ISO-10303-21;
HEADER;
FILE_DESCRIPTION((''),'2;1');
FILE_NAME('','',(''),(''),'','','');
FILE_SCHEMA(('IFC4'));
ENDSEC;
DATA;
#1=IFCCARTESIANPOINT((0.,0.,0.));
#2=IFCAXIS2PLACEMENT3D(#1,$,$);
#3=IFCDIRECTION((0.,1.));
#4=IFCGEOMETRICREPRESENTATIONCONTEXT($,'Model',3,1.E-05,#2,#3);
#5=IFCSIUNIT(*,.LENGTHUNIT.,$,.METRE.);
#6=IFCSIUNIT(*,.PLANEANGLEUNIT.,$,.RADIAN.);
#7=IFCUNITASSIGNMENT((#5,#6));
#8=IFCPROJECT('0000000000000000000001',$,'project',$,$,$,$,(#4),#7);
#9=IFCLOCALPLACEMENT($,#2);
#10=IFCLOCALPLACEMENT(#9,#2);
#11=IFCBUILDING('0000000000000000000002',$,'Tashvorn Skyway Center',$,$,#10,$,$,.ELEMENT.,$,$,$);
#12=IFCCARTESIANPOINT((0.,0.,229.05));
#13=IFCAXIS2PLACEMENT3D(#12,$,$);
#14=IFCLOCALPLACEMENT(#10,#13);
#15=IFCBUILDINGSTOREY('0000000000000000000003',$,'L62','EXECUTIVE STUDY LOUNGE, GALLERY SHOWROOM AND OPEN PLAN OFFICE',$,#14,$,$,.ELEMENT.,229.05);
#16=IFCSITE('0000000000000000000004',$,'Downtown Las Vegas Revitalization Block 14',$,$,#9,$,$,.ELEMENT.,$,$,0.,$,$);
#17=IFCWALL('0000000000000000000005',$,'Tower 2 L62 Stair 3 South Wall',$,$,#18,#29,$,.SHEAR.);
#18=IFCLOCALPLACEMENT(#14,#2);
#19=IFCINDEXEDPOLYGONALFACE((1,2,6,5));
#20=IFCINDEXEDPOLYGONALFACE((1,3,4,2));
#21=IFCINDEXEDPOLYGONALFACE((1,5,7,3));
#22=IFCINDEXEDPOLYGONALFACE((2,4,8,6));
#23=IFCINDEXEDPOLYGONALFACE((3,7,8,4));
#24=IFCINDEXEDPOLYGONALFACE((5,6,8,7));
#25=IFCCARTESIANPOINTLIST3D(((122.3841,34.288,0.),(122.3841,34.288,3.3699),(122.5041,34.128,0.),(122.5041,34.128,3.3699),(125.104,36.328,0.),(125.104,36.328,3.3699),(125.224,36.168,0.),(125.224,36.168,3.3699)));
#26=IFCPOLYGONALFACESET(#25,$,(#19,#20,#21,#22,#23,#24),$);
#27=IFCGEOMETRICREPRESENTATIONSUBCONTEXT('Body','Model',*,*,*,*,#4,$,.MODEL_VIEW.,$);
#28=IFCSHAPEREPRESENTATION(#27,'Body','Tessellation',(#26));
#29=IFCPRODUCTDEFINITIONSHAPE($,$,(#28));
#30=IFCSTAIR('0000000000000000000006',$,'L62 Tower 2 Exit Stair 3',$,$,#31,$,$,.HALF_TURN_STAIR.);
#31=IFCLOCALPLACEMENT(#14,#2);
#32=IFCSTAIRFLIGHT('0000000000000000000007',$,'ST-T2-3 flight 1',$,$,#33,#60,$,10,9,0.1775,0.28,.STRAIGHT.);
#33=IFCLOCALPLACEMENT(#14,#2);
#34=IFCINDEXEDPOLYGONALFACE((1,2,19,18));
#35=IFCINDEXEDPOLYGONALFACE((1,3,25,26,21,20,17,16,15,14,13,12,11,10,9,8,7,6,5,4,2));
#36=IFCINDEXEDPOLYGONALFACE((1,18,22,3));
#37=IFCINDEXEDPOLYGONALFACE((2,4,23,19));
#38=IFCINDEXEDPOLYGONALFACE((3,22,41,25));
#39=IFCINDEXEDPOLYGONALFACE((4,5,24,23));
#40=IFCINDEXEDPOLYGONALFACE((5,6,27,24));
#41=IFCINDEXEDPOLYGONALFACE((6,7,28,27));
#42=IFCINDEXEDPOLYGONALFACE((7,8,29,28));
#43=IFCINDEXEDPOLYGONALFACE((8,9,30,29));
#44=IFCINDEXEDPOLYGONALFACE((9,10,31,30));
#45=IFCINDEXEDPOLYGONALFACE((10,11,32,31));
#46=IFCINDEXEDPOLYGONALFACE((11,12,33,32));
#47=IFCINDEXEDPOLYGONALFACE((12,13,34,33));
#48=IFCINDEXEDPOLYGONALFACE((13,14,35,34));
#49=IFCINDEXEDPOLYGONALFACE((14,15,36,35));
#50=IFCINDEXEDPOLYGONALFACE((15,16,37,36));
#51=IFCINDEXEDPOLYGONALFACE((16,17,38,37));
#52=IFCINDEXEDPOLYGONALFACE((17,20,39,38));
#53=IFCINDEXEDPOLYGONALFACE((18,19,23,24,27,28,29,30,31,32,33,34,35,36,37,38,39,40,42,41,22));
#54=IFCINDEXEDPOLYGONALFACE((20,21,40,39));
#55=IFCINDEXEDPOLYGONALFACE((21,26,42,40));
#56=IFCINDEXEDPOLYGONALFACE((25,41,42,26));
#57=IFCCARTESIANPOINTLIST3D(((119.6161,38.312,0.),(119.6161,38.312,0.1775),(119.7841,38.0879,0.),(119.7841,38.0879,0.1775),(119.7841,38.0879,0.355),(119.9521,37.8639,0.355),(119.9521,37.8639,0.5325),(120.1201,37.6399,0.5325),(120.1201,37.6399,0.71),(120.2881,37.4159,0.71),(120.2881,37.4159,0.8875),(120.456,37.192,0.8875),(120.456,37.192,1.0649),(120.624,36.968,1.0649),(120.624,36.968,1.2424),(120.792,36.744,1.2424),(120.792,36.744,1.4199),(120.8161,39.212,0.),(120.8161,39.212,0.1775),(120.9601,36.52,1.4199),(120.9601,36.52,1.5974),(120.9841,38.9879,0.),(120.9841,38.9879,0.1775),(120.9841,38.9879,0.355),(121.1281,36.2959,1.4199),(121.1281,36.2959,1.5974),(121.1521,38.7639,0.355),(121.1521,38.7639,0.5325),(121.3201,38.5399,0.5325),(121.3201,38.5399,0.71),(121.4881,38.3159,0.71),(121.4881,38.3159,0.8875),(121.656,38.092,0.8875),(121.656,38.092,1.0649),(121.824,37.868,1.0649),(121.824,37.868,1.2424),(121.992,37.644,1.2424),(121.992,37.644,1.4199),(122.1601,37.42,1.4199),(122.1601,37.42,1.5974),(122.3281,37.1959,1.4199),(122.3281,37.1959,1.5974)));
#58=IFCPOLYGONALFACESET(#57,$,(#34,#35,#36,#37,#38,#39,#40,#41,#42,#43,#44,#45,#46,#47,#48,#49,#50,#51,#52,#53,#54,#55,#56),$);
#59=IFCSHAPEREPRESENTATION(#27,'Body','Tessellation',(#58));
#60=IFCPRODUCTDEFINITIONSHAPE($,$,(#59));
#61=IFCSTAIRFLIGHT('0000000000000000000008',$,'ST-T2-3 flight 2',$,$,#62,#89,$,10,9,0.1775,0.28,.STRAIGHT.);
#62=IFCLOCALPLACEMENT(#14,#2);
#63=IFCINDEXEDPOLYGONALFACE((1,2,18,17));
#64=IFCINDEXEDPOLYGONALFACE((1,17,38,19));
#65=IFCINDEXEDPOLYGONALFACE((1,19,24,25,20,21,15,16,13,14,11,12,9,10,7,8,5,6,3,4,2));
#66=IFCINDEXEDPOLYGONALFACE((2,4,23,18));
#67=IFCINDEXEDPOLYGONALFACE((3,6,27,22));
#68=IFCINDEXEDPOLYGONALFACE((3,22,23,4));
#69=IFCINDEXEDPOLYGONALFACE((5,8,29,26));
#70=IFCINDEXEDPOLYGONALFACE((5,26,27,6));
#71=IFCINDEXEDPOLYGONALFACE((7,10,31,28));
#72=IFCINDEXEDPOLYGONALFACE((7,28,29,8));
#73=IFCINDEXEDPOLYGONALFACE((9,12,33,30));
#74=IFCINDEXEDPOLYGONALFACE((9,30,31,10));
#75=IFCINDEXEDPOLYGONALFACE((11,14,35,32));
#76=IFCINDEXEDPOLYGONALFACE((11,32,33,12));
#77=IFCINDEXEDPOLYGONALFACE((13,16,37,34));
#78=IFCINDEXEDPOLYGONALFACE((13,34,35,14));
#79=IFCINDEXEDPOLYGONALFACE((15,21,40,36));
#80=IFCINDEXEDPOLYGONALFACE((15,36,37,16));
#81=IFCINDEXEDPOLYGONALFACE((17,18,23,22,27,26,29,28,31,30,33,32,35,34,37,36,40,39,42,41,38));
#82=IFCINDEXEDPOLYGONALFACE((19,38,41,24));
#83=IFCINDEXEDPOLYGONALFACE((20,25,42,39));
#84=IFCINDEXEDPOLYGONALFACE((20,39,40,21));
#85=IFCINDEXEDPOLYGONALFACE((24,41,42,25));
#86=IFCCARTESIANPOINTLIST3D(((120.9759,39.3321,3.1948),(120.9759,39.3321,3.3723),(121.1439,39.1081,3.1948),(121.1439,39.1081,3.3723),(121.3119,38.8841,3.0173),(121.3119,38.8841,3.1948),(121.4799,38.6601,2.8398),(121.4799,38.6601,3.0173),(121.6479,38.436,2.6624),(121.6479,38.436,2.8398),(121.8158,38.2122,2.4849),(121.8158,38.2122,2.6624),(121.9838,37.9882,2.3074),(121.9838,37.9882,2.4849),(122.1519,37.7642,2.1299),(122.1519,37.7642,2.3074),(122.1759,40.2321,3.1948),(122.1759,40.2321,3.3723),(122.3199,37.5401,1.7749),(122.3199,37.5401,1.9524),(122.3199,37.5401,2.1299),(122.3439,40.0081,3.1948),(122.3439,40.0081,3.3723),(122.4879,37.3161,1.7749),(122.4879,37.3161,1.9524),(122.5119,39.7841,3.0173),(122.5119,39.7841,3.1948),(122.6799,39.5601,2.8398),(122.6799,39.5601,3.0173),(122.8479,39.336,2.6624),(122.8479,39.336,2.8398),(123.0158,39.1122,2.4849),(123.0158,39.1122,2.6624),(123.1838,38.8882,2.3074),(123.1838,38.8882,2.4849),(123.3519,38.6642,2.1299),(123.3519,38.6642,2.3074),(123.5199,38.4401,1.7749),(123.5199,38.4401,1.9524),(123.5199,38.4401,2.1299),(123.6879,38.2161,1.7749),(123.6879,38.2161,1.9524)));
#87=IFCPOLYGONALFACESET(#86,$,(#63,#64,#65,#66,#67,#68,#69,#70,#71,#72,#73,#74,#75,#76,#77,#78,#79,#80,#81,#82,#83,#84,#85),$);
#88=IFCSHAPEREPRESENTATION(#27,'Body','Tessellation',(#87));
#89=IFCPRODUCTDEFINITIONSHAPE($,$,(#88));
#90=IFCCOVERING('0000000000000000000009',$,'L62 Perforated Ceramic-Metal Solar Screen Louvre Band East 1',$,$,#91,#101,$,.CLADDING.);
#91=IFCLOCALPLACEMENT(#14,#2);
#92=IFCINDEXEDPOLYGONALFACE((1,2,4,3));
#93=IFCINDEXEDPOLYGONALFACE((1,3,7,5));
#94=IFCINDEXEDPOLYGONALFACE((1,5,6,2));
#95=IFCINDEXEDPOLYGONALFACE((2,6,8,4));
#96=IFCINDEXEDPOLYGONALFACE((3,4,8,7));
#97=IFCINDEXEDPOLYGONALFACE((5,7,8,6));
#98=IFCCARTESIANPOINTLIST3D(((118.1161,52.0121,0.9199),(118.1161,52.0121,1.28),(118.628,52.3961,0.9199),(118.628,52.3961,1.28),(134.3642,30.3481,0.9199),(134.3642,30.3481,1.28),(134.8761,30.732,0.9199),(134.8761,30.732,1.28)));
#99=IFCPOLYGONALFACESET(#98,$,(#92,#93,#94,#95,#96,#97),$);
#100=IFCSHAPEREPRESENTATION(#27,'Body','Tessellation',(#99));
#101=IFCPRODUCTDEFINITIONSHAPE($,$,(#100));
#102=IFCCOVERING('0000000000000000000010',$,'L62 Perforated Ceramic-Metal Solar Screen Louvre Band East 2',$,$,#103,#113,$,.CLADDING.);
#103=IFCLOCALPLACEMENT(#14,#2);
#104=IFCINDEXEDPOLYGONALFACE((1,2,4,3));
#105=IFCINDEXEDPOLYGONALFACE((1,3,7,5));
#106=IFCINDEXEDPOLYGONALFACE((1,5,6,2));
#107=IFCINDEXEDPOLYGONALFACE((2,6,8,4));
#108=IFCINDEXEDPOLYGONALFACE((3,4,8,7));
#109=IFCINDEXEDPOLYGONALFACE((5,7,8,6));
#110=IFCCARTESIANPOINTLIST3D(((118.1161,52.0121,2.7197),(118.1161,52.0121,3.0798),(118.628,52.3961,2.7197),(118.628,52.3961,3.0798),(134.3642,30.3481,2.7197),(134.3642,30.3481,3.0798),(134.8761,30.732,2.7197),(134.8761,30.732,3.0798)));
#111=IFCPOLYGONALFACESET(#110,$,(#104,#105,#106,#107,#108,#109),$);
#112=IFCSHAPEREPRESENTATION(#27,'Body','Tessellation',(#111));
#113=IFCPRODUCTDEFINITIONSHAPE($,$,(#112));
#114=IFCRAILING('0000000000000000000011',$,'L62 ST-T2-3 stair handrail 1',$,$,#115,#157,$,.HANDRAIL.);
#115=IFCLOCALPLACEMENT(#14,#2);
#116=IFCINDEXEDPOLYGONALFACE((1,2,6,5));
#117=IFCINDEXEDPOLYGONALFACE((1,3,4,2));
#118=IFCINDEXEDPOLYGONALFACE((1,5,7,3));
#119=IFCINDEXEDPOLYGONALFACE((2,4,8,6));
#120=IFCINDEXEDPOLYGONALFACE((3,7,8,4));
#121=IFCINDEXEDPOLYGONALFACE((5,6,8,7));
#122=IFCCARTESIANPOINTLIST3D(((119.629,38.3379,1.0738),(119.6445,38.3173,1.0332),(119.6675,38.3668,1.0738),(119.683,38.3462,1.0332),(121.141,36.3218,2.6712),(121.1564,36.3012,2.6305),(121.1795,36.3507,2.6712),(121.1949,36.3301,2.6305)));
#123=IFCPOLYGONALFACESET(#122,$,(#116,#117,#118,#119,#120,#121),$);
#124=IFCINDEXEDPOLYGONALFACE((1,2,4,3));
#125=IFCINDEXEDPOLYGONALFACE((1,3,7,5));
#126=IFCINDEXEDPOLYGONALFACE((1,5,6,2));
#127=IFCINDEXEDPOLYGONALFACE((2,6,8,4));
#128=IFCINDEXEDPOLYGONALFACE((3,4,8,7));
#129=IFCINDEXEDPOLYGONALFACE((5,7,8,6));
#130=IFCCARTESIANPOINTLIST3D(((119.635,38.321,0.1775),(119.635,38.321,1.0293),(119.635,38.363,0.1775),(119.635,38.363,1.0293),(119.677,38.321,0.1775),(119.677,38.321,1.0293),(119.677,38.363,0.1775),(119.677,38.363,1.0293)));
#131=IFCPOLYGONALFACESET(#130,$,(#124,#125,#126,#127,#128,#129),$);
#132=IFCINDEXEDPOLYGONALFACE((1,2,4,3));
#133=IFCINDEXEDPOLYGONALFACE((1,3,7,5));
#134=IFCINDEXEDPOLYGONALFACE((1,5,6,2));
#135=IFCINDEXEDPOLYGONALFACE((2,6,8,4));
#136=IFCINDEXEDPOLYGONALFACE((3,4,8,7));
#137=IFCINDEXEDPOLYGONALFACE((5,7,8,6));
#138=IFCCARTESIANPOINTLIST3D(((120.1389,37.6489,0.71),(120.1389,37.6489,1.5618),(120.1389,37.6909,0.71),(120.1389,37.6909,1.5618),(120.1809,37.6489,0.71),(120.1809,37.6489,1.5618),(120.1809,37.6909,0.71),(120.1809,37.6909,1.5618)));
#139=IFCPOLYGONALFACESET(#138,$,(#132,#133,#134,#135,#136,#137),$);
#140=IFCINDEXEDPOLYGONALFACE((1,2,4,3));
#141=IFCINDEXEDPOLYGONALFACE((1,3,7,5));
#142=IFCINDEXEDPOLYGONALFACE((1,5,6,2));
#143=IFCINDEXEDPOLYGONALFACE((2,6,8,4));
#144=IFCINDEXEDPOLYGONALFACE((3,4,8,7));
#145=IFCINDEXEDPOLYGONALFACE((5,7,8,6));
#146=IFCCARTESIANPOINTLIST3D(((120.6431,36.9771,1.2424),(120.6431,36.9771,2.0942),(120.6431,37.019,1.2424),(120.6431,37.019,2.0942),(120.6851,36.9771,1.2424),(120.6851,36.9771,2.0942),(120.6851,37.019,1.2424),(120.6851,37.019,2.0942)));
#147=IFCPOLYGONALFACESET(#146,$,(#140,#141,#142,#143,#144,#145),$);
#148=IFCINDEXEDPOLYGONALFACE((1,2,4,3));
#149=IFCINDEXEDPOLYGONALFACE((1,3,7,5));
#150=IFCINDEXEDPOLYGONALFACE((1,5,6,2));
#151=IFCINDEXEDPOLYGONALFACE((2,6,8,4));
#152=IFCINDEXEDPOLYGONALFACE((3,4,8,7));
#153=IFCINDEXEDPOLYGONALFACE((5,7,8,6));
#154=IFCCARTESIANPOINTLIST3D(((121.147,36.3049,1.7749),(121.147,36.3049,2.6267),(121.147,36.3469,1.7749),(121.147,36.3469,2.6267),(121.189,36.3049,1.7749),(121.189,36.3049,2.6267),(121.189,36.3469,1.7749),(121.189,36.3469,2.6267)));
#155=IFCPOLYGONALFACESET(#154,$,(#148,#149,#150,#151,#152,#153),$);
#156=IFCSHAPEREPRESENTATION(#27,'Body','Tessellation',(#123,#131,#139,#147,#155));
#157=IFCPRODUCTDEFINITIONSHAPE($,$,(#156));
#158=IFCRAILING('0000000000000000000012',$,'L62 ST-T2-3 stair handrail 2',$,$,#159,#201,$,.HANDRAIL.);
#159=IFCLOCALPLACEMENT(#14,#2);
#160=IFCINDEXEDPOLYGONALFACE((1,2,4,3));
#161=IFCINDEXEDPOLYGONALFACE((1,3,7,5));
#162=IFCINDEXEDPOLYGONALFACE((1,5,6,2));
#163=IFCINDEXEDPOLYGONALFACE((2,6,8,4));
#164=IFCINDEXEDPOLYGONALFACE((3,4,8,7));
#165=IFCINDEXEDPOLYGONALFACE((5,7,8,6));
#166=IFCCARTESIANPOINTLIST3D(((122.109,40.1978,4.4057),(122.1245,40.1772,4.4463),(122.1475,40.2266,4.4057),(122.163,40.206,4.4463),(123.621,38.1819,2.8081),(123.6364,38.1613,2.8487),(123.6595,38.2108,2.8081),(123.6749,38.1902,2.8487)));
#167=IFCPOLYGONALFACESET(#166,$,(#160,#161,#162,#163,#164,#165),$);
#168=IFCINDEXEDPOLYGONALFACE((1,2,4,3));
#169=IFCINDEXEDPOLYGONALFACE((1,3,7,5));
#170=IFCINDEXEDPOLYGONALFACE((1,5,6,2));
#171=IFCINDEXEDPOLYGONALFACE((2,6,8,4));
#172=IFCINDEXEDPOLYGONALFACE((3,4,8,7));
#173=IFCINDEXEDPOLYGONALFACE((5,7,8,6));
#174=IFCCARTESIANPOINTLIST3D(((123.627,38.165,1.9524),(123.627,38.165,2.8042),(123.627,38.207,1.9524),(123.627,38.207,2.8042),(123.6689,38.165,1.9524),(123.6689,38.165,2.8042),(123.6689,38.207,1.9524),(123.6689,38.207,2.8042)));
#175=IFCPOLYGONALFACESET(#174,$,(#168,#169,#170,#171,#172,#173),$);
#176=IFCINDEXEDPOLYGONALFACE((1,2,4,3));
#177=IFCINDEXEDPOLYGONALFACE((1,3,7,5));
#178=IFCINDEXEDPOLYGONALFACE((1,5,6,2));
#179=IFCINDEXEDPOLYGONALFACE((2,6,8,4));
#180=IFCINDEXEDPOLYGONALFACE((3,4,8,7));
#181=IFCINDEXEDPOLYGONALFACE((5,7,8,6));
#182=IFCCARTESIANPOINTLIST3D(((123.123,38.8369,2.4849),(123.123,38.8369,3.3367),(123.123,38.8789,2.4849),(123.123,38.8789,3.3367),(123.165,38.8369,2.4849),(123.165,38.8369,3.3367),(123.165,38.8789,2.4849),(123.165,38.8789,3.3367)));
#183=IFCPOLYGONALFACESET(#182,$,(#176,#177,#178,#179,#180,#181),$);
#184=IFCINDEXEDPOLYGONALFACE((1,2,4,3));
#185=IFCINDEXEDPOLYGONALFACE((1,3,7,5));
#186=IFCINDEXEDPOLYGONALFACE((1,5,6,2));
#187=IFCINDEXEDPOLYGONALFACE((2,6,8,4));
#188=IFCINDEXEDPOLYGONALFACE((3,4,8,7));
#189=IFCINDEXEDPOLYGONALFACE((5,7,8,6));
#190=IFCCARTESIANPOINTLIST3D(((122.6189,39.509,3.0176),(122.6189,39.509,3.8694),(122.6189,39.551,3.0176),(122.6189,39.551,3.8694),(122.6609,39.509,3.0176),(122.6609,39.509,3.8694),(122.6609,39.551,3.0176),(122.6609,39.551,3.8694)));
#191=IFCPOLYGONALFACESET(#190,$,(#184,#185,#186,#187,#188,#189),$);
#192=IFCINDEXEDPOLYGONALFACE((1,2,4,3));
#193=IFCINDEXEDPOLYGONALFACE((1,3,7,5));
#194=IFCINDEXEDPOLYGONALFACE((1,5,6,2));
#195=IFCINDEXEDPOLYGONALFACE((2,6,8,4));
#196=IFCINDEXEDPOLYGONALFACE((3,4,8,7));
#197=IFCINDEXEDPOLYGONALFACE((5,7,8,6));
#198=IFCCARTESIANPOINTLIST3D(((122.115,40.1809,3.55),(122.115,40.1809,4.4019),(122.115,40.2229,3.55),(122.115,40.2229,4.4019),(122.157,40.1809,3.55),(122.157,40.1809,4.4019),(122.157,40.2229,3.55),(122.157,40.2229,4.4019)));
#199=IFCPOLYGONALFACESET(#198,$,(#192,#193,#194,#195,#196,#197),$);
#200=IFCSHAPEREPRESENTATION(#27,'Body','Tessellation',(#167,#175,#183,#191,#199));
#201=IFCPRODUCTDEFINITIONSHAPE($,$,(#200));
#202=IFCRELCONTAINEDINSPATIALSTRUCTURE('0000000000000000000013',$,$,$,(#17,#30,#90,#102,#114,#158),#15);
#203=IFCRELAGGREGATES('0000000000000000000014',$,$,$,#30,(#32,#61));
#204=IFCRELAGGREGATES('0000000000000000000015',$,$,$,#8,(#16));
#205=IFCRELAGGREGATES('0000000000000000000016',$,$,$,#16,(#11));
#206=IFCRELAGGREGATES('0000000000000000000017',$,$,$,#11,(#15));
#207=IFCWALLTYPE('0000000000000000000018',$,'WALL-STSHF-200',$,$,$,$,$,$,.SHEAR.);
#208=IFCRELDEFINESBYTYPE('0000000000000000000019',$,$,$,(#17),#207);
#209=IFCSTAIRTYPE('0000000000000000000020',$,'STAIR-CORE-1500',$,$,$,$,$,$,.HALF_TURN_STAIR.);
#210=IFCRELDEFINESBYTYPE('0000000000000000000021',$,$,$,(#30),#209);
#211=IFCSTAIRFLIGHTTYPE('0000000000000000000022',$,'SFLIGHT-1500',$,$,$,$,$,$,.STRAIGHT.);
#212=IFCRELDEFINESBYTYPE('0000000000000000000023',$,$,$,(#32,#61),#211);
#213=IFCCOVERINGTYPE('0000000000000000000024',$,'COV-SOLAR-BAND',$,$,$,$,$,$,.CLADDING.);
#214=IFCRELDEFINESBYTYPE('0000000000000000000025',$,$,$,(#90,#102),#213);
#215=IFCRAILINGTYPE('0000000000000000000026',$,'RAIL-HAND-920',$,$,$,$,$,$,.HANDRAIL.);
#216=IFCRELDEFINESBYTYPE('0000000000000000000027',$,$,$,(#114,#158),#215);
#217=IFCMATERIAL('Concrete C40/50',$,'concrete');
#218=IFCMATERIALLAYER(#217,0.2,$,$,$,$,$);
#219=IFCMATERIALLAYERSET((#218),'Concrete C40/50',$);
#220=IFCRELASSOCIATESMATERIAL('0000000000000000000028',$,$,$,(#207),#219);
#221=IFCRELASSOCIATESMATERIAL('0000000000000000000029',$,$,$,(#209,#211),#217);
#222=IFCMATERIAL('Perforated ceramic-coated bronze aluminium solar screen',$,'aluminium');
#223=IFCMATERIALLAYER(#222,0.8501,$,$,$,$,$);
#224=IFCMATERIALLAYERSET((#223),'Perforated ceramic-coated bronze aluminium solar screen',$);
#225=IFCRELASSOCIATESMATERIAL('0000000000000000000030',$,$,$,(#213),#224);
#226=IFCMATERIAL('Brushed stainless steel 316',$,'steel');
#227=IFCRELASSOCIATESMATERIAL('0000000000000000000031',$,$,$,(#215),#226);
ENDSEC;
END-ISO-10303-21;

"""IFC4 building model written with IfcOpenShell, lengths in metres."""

from ifc_helpers import new_model, si_unit, direction, frame, frame_2d, origin, origin_2d, place, context, subcontext, project, spatial, polyline, rectangle, outline, extrude, material, layer, layer_set, type_object, element, aggregate, save


model = new_model("IFC4")

# Units and contexts
model_context = context("Model", 3, precision=1e-05, world=origin(), true_north=direction((0.0, 1.0)))
body_context = subcontext(model_context, "Body", "Model", "MODEL_VIEW")
ifc_project = project(units=[si_unit("LENGTHUNIT", "METRE"), si_unit("PLANEANGLEUNIT", "RADIAN")], contexts=[model_context])

# Site, building, storey
site_placement = place(None, origin())
site = spatial("IfcSite", under=ifc_project, at=site_placement, Name="Downtown Las Vegas Revitalization Block 14", CompositionType="ELEMENT", RefElevation=0.0)
building_placement = place(site_placement, origin())
building = spatial("IfcBuilding", under=site, at=building_placement, Name="Tashvorn Skyway Center", CompositionType="ELEMENT")
storey_placement = place(building_placement, frame((0.0, 0.0, 229.05)))
storey = spatial("IfcBuildingStorey", under=building, at=storey_placement, Name="L62", Description="EXECUTIVE STUDY LOUNGE, GALLERY SHOWROOM AND OPEN PLAN OFFICE", CompositionType="ELEMENT", Elevation=229.05)

# Shared definitions
ifc_material_1 = material(Name="Concrete C40/50", Category="concrete")

# Shared definitions
ifc_layer_1 = layer(ifc_material_1, 0.2)
ifc_layer_set_1 = layer_set([ifc_layer_1], Name="Concrete C40/50")
wall_type_1 = type_object("IfcWallType", Name="WALL-STSHF-200", PredefinedType="SHEAR", material=ifc_layer_set_1)

# Wall
wall_1_placement = place(storey_placement, frame((122.4441, 34.208, 0.0), z_axis=(0.0, 0.0, 1.0), x_axis=(0.799991, 0.600011, 0.0)))
element("IfcWall", 1, at=wall_1_placement, inside=storey, type_object=wall_type_1, Name="Tower 2 L62 Stair 3 South Wall", PredefinedType="SHEAR", context=body_context, shape_type="SweptSolid", body=[
    extrude(rectangle(XDim=3.3999, YDim=0.2, at=frame_2d((1.7, 0.0))), origin(), (0.0, 0.0, 1.0), 3.3699),
])

# Stair, stair flights
stair_type = type_object("IfcStairType", Name="STAIR-CORE-1500", PredefinedType="HALF_TURN_STAIR", material=ifc_material_1)
stair_placement = place(storey_placement, origin())
stair = element("IfcStair", 2, at=stair_placement, inside=storey, type_object=stair_type, Name="L62 Tower 2 Exit Stair 3", PredefinedType="HALF_TURN_STAIR")
stair_flight_type = type_object("IfcStairFlightType", Name="SFLIGHT-1500", PredefinedType="STRAIGHT", material=ifc_material_1)
stair_flight_1_placement = place(storey_placement, frame((120.2161, 38.762, 0.0), z_axis=(0.0, 0.0, 1.0), x_axis=(0.6, -0.8, 0.0)))
stair_flight_1 = element("IfcStairFlight", 3, at=stair_flight_1_placement, type_object=stair_flight_type, Name="ST-T2-3 flight 1", NumberOfRisers=10, NumberOfTreads=9, PredefinedType="STRAIGHT", RiserHeight=0.1775, TreadLength=0.28, context=body_context, shape_type="SweptSolid", body=[
    extrude(outline(polyline([(0.0, 0.0), (0.0, 0.1775), (0.28, 0.1775), (0.28, 0.355), (0.5601, 0.355), (0.5601, 0.5325), (0.8401, 0.5325), (0.8401, 0.71), (1.1201, 0.71), (1.1201, 0.8875), (1.3999, 0.8875), (1.3999, 1.0649), (1.6799, 1.0649), (1.6799, 1.2424), (1.96, 1.2424), (1.96, 1.4199), (2.24, 1.4199), (2.24, 1.5974), (2.52, 1.5974), (2.52, 1.7749), (2.52, 1.4199), (0.28, 0.0), (0.0, 0.0)])), frame((0.0, 0.75, 0.0), z_axis=(0.0, -1.0, 0.0), x_axis=(1.0, 0.0, 0.0)), (0.0, 0.0, 1.0), 1.5),
])
stair_flight_2_placement = place(storey_placement, frame((123.0879, 37.7661, 1.7749), z_axis=(0.0, 0.0, 1.0), x_axis=(-0.6, 0.8, 0.0)))
stair_flight_2 = element("IfcStairFlight", 4, at=stair_flight_2_placement, type_object=stair_flight_type, Name="ST-T2-3 flight 2", NumberOfRisers=10, NumberOfTreads=9, PredefinedType="STRAIGHT", RiserHeight=0.1775, TreadLength=0.28, context=body_context, shape_type="SweptSolid", body=[
    extrude(outline(polyline([(0.0, 0.0), (0.0, 0.1775), (0.28, 0.1775), (0.28, 0.355), (0.5601, 0.355), (0.5601, 0.5325), (0.8401, 0.5325), (0.8401, 0.71), (1.1201, 0.71), (1.1201, 0.8875), (1.3999, 0.8875), (1.3999, 1.0649), (1.6799, 1.0649), (1.6799, 1.2424), (1.96, 1.2424), (1.96, 1.4199), (2.24, 1.4199), (2.24, 1.5974), (2.52, 1.5974), (2.52, 1.7749), (2.52, 1.4199), (0.28, 0.0), (0.0, 0.0)])), frame((0.0, 0.75, 0.0), z_axis=(0.0, -1.0, 0.0), x_axis=(1.0, 0.0, 0.0)), (0.0, 0.0, 1.0), 1.5),
])
aggregate(stair, [stair_flight_1, stair_flight_2])

# Coverings
ifc_material_2 = material(Name="Perforated ceramic-coated bronze aluminium solar screen", Category="aluminium")
ifc_layer_2 = layer(ifc_material_2, 0.8501)
ifc_layer_set_2 = layer_set([ifc_layer_2], Name="Perforated ceramic-coated bronze aluminium solar screen")
covering_type = type_object("IfcCoveringType", Name="COV-SOLAR-BAND", PredefinedType="CLADDING", material=ifc_layer_set_2)
for number, where, z_axis, x_axis, name in (
    (5, (126.4961, 41.3721, 0.9199), (0.0, 0.0, 1.0), (0.6, -0.8, 0.0), "L62 Perforated Ceramic-Metal Solar Screen Louvre Band East 1"),
    (6, (126.4961, 41.3721, 2.7197), (0.0, 0.0, 1.0), (0.6, -0.8, 0.0), "L62 Perforated Ceramic-Metal Solar Screen Louvre Band East 2"),
):
    element("IfcCovering", number, at=place(storey_placement, frame(where, z_axis=z_axis, x_axis=x_axis)), inside=storey, type_object=covering_type, Name=name, PredefinedType="CLADDING", context=body_context, shape_type="SweptSolid", body=[
        extrude(rectangle(XDim=27.0801, YDim=0.6399, at=origin_2d()), origin(), (0.0, 0.0, 1.0), 0.3601),
    ])

# Railings
ifc_material_3 = material(Name="Brushed stainless steel 316", Category="steel")
railing_type_1 = type_object("IfcRailingType", Name="RAIL-HAND-920", PredefinedType="HANDRAIL", material=ifc_material_3)
railing_1_placement = place(storey_placement, frame((119.656, 38.342, 0.1775)))
element("IfcRailing", 7, at=railing_1_placement, inside=storey, type_object=railing_type_1, Name="L62 ST-T2-3 stair handrail 1", PredefinedType="HANDRAIL", context=body_context, shape_type="SweptSolid", body=[
    extrude(rectangle(XDim=0.0481, YDim=0.0481, at=origin_2d()), frame((0.0, 0.0, 0.876), z_axis=(0.506741, -0.675709, 0.535379), x_axis=(0.800023, 0.599969, 0.0)), (0.0, 0.0, 1.0), 2.9836),
    extrude(rectangle(XDim=0.042, YDim=0.042, at=origin_2d()), origin(), (0.0, 0.0, 1.0), 0.8518),
    extrude(rectangle(XDim=0.042, YDim=0.042, at=origin_2d()), frame((0.5039, -0.6721, 0.5325)), (0.0, 0.0, 1.0), 0.8518),
    extrude(rectangle(XDim=0.042, YDim=0.042, at=origin_2d()), frame((1.0081, -1.344, 1.0649)), (0.0, 0.0, 1.0), 0.8518),
    extrude(rectangle(XDim=0.042, YDim=0.042, at=origin_2d()), frame((1.512, -2.0161, 1.5974)), (0.0, 0.0, 1.0), 0.8518),
])
railing_2_placement = place(storey_placement, frame((123.6479, 38.186, 1.9524)))
element("IfcRailing", 8, at=railing_2_placement, inside=storey, type_object=railing_type_1, Name="L62 ST-T2-3 stair handrail 2", PredefinedType="HANDRAIL", context=body_context, shape_type="SweptSolid", body=[
    extrude(rectangle(XDim=0.0481, YDim=0.0481, at=origin_2d()), frame((0.0, 0.0, 0.876), z_axis=(-0.506747, 0.675635, 0.535467), x_axis=(-0.799988, -0.600016, 0.0)), (0.0, 0.0, 1.0), 2.9836),
    extrude(rectangle(XDim=0.042, YDim=0.042, at=origin_2d()), origin(), (0.0, 0.0, 1.0), 0.8518),
    extrude(rectangle(XDim=0.042, YDim=0.042, at=origin_2d()), frame((-0.5039, 0.6719, 0.5325)), (0.0, 0.0, 1.0), 0.8518),
    extrude(rectangle(XDim=0.042, YDim=0.042, at=origin_2d()), frame((-1.0081, 1.344, 1.0652)), (0.0, 0.0, 1.0), 0.8518),
    extrude(rectangle(XDim=0.042, YDim=0.042, at=origin_2d()), frame((-1.512, 2.0159, 1.5977)), (0.0, 0.0, 1.0), 0.8518),
])

save(model, "model.ifc")
